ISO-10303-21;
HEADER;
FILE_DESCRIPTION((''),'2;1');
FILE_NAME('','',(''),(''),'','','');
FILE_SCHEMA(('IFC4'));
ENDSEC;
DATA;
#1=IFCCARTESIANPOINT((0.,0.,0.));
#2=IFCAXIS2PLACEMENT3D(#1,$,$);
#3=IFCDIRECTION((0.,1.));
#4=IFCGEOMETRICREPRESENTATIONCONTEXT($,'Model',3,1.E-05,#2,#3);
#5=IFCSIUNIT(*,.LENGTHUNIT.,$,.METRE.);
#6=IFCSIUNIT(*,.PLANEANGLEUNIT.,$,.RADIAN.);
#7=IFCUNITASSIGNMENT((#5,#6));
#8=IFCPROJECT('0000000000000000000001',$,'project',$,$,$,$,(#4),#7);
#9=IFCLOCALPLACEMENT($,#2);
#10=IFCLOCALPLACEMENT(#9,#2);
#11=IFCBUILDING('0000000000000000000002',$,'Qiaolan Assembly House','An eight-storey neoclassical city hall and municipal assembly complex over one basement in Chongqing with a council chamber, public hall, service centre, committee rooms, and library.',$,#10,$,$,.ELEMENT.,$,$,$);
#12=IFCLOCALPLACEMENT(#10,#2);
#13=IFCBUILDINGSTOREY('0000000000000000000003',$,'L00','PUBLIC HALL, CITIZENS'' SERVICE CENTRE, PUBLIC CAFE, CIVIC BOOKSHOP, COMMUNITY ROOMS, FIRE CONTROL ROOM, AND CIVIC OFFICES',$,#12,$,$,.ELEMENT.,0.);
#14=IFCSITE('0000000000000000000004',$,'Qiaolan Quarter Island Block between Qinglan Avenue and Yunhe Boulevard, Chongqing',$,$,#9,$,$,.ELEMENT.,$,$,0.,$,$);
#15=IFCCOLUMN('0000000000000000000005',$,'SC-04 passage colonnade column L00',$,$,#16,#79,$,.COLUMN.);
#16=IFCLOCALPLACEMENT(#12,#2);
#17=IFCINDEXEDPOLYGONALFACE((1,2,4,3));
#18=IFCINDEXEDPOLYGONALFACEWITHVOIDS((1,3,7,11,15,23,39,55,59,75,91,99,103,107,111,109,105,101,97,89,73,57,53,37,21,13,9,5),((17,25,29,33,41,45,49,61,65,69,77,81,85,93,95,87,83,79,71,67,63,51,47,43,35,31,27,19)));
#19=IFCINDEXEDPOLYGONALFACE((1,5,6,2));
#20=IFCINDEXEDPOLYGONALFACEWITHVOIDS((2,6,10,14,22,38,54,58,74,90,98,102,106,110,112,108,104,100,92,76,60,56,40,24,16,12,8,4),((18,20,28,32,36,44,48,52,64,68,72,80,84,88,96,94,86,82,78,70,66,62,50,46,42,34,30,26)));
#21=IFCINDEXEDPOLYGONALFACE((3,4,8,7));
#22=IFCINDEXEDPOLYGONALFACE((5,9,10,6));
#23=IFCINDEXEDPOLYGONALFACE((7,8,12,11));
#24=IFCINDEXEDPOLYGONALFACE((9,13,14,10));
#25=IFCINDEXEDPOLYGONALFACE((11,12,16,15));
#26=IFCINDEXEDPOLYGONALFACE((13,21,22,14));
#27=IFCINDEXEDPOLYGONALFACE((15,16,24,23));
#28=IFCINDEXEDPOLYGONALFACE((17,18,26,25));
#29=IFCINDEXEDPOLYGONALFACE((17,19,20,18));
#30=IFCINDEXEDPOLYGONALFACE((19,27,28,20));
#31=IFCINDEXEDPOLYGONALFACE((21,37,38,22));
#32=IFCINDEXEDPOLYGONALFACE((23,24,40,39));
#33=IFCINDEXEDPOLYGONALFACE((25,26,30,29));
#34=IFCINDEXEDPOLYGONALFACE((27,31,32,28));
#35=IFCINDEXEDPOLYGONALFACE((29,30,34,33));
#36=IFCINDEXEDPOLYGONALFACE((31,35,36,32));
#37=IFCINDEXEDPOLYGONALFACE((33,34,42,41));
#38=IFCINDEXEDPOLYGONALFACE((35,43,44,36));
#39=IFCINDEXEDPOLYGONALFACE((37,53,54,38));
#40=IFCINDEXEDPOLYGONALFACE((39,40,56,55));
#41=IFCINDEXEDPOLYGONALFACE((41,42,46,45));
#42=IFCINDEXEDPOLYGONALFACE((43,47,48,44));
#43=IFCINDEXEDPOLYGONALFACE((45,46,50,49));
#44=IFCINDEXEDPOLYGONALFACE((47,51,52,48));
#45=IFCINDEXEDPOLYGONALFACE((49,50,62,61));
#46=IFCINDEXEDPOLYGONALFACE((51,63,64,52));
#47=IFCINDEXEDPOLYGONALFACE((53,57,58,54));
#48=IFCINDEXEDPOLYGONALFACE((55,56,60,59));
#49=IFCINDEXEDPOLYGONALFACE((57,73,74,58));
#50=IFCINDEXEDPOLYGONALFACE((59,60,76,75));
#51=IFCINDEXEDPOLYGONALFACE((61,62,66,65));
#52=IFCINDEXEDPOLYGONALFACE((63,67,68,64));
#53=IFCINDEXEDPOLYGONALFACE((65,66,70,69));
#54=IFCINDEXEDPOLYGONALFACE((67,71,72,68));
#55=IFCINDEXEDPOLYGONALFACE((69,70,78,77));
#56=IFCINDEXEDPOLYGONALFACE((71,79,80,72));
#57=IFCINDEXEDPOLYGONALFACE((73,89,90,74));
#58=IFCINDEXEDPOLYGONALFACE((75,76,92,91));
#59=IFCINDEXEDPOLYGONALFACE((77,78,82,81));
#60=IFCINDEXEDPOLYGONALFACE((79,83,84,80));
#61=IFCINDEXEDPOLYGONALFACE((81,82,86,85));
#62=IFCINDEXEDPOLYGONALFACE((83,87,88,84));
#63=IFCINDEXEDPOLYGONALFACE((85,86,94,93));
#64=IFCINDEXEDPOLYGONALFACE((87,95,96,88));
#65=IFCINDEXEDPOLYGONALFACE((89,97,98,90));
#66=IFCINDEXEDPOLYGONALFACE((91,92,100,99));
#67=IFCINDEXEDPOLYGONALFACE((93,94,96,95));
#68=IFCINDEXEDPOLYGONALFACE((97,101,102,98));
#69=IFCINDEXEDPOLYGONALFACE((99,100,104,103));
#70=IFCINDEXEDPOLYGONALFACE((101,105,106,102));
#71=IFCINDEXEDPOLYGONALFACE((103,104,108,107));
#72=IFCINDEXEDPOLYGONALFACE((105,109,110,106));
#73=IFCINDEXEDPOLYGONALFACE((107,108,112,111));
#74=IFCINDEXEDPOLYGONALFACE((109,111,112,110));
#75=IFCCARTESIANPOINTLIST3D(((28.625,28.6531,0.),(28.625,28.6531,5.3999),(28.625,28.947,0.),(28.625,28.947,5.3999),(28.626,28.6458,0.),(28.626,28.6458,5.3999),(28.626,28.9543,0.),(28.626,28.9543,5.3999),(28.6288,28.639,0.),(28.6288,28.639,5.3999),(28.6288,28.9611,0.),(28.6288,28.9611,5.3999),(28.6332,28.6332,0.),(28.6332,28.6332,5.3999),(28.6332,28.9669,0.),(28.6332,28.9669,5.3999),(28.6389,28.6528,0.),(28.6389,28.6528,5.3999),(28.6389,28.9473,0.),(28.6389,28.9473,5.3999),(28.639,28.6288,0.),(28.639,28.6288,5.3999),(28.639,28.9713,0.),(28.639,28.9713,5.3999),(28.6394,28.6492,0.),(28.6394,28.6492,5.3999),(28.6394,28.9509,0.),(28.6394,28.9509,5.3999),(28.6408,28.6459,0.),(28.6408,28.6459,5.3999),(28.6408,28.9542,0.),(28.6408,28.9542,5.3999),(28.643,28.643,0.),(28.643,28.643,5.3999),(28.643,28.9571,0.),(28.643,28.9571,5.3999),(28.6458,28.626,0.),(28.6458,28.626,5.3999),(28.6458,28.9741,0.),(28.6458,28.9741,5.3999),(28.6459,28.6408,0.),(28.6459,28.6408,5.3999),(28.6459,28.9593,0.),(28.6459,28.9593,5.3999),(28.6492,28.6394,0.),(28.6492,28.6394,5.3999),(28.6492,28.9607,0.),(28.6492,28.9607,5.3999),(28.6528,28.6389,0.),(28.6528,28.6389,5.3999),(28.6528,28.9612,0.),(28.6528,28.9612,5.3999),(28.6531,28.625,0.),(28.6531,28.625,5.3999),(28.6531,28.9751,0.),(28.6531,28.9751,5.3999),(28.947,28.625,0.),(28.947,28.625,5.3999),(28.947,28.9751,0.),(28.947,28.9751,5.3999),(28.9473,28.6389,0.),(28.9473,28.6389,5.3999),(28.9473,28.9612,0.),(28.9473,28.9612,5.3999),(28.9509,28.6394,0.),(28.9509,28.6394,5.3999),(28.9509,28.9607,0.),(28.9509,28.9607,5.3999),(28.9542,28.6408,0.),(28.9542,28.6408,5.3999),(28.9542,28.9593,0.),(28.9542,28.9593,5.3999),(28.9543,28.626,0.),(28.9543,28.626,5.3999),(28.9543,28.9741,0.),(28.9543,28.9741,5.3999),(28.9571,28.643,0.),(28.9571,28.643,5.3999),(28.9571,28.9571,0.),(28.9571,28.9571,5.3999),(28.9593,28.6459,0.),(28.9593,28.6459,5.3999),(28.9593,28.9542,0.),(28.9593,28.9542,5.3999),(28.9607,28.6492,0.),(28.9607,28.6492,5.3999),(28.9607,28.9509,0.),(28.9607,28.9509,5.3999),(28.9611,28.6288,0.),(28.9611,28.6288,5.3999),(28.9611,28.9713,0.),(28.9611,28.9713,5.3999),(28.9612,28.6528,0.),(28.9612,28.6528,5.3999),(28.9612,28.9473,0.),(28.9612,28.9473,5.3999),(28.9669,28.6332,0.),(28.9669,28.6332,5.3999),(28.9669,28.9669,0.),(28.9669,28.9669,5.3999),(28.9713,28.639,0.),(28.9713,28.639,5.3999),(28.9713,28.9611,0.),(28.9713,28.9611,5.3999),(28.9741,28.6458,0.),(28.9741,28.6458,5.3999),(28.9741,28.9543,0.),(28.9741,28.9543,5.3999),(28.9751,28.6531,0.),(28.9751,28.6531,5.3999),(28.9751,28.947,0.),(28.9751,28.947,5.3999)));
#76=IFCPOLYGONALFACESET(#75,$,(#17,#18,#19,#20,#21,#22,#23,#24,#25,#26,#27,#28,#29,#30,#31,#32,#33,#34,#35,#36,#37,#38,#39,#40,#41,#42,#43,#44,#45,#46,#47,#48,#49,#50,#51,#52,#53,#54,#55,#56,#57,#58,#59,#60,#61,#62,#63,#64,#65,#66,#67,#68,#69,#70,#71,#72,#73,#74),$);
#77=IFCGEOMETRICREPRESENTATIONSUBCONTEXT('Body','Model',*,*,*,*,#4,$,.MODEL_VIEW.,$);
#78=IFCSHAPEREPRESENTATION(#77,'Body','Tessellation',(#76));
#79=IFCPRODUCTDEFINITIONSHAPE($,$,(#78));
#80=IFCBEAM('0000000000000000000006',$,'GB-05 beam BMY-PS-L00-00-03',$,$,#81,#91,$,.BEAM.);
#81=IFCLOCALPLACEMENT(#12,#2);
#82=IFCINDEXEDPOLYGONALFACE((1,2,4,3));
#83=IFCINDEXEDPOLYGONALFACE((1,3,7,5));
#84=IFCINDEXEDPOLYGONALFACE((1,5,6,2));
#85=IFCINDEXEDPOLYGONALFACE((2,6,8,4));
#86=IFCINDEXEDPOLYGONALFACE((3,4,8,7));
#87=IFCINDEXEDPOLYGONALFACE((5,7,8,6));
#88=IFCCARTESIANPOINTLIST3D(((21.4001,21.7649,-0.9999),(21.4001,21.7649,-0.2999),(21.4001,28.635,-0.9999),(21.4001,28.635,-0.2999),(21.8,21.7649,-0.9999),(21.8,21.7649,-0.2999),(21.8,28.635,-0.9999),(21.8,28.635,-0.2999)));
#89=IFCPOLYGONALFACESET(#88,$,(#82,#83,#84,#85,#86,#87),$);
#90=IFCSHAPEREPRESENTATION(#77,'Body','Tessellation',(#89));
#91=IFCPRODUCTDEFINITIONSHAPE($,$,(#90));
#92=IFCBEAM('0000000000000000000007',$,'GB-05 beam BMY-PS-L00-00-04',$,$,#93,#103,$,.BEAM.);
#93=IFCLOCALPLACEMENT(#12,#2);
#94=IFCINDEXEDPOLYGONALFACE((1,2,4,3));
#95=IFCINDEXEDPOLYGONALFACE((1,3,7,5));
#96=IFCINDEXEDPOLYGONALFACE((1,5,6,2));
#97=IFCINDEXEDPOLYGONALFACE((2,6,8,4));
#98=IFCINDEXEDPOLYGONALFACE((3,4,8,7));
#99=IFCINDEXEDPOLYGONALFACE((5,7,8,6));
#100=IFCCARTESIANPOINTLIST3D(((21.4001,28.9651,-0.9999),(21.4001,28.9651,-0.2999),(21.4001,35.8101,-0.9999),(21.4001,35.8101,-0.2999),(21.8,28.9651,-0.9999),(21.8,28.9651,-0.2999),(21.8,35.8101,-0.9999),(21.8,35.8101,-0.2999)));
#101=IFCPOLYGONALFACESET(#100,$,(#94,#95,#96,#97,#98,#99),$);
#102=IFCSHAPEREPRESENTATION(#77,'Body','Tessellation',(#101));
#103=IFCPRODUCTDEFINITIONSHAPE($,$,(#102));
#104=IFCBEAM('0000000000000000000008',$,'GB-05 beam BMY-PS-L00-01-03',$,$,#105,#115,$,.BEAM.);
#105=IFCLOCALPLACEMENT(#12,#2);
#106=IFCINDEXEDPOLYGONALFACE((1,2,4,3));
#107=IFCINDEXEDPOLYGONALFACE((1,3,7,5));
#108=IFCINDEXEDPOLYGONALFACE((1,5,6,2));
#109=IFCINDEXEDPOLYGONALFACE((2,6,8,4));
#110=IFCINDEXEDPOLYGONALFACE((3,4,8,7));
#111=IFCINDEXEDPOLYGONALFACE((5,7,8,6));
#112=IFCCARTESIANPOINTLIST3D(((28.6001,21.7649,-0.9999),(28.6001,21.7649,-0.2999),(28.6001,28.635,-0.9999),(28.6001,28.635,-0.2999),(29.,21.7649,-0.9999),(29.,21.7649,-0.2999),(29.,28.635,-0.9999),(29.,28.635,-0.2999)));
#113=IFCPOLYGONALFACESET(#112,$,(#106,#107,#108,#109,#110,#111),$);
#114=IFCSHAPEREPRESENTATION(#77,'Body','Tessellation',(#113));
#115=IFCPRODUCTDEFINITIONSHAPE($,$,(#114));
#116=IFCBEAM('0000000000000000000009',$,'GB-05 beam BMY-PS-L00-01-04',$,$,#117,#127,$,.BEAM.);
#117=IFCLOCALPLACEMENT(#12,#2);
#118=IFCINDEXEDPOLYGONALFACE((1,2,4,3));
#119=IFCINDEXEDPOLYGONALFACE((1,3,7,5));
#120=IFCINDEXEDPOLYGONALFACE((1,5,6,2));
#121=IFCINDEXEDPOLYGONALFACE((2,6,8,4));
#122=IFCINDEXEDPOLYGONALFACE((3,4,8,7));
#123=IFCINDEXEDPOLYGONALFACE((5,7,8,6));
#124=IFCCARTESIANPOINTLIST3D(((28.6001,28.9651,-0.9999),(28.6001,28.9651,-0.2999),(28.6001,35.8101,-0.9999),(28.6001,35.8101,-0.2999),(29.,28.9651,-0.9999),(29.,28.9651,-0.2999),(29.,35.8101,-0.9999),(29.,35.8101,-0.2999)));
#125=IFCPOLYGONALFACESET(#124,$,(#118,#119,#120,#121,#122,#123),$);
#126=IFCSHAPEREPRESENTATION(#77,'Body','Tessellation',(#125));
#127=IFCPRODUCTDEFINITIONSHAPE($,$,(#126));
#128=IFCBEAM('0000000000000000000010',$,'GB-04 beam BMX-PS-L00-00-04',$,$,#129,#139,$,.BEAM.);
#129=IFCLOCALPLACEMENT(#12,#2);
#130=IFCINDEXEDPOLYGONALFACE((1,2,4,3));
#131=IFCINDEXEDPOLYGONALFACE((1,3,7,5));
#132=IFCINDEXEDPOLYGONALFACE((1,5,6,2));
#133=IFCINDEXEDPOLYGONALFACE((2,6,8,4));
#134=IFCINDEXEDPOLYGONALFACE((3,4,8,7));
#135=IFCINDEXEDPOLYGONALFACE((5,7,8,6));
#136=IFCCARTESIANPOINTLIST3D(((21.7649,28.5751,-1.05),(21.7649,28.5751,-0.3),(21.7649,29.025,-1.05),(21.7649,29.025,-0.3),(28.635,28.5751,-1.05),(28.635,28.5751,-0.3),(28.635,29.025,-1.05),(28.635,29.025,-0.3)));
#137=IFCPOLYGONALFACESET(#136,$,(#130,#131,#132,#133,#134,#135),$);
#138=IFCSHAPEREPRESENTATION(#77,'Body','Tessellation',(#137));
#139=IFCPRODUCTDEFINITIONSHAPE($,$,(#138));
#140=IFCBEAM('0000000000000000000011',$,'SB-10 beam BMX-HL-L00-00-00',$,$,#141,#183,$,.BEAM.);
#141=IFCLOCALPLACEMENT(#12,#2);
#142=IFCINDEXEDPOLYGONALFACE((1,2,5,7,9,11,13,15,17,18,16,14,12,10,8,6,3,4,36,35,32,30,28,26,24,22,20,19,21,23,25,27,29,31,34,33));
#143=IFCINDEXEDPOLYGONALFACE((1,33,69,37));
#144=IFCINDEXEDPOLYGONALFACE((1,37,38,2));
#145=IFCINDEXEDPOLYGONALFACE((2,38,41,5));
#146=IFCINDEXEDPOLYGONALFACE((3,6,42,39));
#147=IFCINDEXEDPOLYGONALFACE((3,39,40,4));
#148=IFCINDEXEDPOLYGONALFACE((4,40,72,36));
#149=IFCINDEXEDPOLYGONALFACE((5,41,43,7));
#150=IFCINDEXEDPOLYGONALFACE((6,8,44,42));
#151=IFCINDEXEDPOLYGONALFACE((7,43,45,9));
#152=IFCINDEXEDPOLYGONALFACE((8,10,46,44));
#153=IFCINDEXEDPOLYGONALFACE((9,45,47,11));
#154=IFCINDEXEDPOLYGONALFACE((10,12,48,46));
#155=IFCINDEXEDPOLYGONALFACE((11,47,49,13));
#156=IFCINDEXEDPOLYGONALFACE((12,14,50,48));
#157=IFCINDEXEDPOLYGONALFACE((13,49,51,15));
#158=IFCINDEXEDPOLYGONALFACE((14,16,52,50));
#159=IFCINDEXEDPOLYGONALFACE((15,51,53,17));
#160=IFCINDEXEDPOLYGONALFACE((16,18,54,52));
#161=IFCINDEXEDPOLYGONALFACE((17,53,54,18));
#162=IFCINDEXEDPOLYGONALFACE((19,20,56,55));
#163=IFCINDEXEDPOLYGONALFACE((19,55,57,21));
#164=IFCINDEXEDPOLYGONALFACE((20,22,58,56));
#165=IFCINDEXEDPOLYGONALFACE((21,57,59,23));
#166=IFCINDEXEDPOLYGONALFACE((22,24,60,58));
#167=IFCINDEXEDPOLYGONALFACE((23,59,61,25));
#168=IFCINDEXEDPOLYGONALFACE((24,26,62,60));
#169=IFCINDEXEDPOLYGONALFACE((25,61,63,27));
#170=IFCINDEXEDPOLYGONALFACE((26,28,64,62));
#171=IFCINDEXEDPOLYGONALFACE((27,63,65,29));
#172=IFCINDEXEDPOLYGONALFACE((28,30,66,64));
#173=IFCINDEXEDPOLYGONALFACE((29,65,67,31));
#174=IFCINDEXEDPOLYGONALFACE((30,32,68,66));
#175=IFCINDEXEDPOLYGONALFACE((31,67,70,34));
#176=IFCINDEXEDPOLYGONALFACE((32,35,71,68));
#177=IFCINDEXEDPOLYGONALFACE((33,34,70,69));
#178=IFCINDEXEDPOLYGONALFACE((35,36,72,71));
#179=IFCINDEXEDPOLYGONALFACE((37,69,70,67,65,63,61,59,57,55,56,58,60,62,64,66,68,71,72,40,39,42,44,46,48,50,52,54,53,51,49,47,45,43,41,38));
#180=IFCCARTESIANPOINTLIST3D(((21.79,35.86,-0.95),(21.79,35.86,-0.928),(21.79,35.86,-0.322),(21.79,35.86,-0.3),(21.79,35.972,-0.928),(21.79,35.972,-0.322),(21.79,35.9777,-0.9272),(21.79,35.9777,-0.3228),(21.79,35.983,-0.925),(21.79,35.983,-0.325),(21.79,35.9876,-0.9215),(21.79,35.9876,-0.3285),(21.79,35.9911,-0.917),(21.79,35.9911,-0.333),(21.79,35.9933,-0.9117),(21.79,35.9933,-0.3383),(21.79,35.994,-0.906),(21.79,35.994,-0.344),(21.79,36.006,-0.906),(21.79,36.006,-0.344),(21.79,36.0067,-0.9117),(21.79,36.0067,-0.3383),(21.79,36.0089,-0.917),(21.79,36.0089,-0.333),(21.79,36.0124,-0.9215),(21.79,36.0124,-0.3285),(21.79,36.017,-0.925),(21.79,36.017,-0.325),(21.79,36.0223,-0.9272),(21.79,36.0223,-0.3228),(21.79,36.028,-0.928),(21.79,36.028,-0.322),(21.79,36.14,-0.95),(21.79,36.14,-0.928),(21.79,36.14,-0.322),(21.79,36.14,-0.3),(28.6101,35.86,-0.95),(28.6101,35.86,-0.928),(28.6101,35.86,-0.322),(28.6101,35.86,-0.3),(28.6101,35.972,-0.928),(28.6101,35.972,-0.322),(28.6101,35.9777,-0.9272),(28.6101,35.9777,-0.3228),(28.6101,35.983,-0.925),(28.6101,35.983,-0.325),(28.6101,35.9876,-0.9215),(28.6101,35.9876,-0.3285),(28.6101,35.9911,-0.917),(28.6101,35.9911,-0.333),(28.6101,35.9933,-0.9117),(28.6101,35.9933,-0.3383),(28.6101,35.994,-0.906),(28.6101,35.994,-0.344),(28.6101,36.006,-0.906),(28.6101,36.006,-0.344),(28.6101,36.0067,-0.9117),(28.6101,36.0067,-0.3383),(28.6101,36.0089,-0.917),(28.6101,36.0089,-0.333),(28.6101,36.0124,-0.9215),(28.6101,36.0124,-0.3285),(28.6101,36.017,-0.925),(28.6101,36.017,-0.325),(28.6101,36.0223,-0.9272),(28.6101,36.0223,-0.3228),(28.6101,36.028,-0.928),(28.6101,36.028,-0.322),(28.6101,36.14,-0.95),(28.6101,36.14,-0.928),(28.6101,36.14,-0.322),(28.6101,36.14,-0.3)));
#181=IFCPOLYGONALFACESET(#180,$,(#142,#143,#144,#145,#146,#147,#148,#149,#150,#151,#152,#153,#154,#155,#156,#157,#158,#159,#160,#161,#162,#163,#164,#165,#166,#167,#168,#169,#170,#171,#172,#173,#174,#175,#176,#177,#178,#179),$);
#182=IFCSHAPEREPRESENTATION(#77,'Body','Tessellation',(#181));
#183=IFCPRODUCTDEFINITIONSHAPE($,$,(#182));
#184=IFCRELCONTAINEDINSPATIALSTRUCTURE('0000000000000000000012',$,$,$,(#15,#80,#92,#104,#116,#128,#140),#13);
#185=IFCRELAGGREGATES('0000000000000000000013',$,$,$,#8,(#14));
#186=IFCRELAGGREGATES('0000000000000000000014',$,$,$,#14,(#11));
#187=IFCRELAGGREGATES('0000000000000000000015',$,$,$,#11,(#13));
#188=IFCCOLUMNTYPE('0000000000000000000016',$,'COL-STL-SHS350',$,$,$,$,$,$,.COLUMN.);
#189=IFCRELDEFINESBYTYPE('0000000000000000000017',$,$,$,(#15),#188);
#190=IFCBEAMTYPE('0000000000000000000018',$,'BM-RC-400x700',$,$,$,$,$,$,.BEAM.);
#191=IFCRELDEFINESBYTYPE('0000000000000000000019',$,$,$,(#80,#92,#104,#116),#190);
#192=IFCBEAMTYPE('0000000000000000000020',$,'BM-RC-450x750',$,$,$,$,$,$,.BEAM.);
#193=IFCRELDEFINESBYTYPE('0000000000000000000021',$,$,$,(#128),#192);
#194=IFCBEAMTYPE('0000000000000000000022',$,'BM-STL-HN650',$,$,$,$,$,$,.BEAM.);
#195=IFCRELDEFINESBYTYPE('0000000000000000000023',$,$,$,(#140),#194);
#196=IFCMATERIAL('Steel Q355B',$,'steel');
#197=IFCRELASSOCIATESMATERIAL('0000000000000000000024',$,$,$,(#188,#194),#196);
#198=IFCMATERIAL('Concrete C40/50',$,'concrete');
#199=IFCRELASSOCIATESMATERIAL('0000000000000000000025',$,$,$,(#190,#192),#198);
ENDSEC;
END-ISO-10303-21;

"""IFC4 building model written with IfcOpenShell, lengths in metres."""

from ifc_helpers import new_model, si_unit, direction, frame, origin, origin_2d, place, context, subcontext, project, spatial, rectangle, hollow_rectangle, i_section, extrude, material, material_profile, profile_set, type_object, element, save


model = new_model("IFC4")

# Units and contexts
model_context = context("Model", 3, precision=1e-05, world=origin(), true_north=direction((0.0, 1.0)))
body_context = subcontext(model_context, "Body", "Model", "MODEL_VIEW")
ifc_project = project(units=[si_unit("LENGTHUNIT", "METRE"), si_unit("PLANEANGLEUNIT", "RADIAN")], contexts=[model_context])

# Site, building, storey
site_placement = place(None, origin())
site = spatial("IfcSite", under=ifc_project, at=site_placement, Name="Qiaolan Quarter Island Block between Qinglan Avenue and Yunhe Boulevard, Chongqing", CompositionType="ELEMENT", RefElevation=0.0)
building_placement = place(site_placement, origin())
building = spatial("IfcBuilding", under=site, at=building_placement, Name="Qiaolan Assembly House", Description="An eight-storey neoclassical city hall and municipal assembly complex over one basement in Chongqing with a council chamber, public hall, service centre, committee rooms, and library.", CompositionType="ELEMENT")
storey_placement = place(building_placement, origin())
storey = spatial("IfcBuildingStorey", under=building, at=storey_placement, Name="L00", Description="PUBLIC HALL, CITIZENS' SERVICE CENTRE, PUBLIC CAFE, CIVIC BOOKSHOP, COMMUNITY ROOMS, FIRE CONTROL ROOM, AND CIVIC OFFICES", CompositionType="ELEMENT", Elevation=0.0)

# Column
ifc_material_1 = material(Name="Steel Q355B", Category="steel")
ifc_material_profile_1 = material_profile(ifc_material_1, hollow_rectangle(XDim=0.3501, YDim=0.3501, WallThickness=0.0139, InnerFilletRadius=0.0139, OuterFilletRadius=0.0281, at=origin_2d()), Name="SHS 350x350x14")
ifc_profile_set_1 = profile_set([ifc_material_profile_1], Name="Steel Q355B")
column_type_1 = type_object("IfcColumnType", Name="COL-STL-SHS350", PredefinedType="COLUMN", material=ifc_profile_set_1)
for number, where, z_axis, x_axis, name in (
    (1, (28.8, 28.8, 0.0), (0.0, 0.0, 1.0), (1.0, 0.0, 0.0), "SC-04 passage colonnade column L00"),
):
    element("IfcColumn", number, at=place(storey_placement, frame(where, z_axis=z_axis, x_axis=x_axis)), inside=storey, type_object=column_type_1, Name=name, PredefinedType="COLUMN", context=body_context, shape_type="SweptSolid", body=[
        extrude(hollow_rectangle(XDim=0.3501, YDim=0.3501, WallThickness=0.0139, InnerFilletRadius=0.0139, OuterFilletRadius=0.0281, at=origin_2d()), origin(), (0.0, 0.0, 1.0), 5.3999),
    ])

# Beams
ifc_material_2 = material(Name="Concrete C40/50", Category="concrete")
ifc_material_profile_2 = material_profile(ifc_material_2, rectangle(XDim=0.3999, YDim=0.7, at=origin_2d()), Name="RCB 400x700")
ifc_profile_set_2 = profile_set([ifc_material_profile_2], Name="Concrete C40/50")
beam_type_1 = type_object("IfcBeamType", Name="BM-RC-400x700", PredefinedType="BEAM", material=ifc_profile_set_2)
beam_1_placement = place(storey_placement, frame((21.6001, 21.7649, -0.6499), z_axis=(0.0, 1.0, 0.0), x_axis=(-1.0, 0.0, 0.0)))
element("IfcBeam", 2, at=beam_1_placement, inside=storey, type_object=beam_type_1, Name="GB-05 beam BMY-PS-L00-00-03", PredefinedType="BEAM", context=body_context, shape_type="SweptSolid", body=[
    extrude(rectangle(XDim=0.3999, YDim=0.7, at=origin_2d()), origin(), (0.0, 0.0, 1.0), 6.8701),
])
beam_2_placement = place(storey_placement, frame((21.6001, 28.9651, -0.6499), z_axis=(0.0, 1.0, 0.0), x_axis=(-1.0, 0.0, 0.0)))
element("IfcBeam", 3, at=beam_2_placement, inside=storey, type_object=beam_type_1, Name="GB-05 beam BMY-PS-L00-00-04", PredefinedType="BEAM", context=body_context, shape_type="SweptSolid", body=[
    extrude(rectangle(XDim=0.3999, YDim=0.7, at=origin_2d()), origin(), (0.0, 0.0, 1.0), 6.845),
])
beam_3_placement = place(storey_placement, frame((28.8, 21.7649, -0.6499), z_axis=(0.0, 1.0, 0.0), x_axis=(-1.0, 0.0, 0.0)))
element("IfcBeam", 4, at=beam_3_placement, inside=storey, type_object=beam_type_1, Name="GB-05 beam BMY-PS-L00-01-03", PredefinedType="BEAM", context=body_context, shape_type="SweptSolid", body=[
    extrude(rectangle(XDim=0.3999, YDim=0.7, at=origin_2d()), origin(), (0.0, 0.0, 1.0), 6.8701),
])
beam_4_placement = place(storey_placement, frame((28.8, 28.9651, -0.6499), z_axis=(0.0, 1.0, 0.0), x_axis=(-1.0, 0.0, 0.0)))
element("IfcBeam", 5, at=beam_4_placement, inside=storey, type_object=beam_type_1, Name="GB-05 beam BMY-PS-L00-01-04", PredefinedType="BEAM", context=body_context, shape_type="SweptSolid", body=[
    extrude(rectangle(XDim=0.3999, YDim=0.7, at=origin_2d()), origin(), (0.0, 0.0, 1.0), 6.845),
])
ifc_material_profile_3 = material_profile(ifc_material_2, rectangle(XDim=0.45, YDim=0.75, at=origin_2d()), Name="RCB 450x750")
ifc_profile_set_3 = profile_set([ifc_material_profile_3], Name="Concrete C40/50")
beam_type_2 = type_object("IfcBeamType", Name="BM-RC-450x750", PredefinedType="BEAM", material=ifc_profile_set_3)
beam_5_placement = place(storey_placement, frame((21.7649, 28.8, -0.675), z_axis=(1.0, 0.0, 0.0), x_axis=(0.0, 1.0, 0.0)))
element("IfcBeam", 6, at=beam_5_placement, inside=storey, type_object=beam_type_2, Name="GB-04 beam BMX-PS-L00-00-04", PredefinedType="BEAM", context=body_context, shape_type="SweptSolid", body=[
    extrude(rectangle(XDim=0.45, YDim=0.75, at=origin_2d()), origin(), (0.0, 0.0, 1.0), 6.8701),
])
ifc_material_profile_4 = material_profile(ifc_material_1, i_section(OverallWidth=0.28, OverallDepth=0.6499, WebThickness=0.012, FlangeThickness=0.022, FilletRadius=0.022, at=origin_2d()), Name="HN 650x280x12x22")
ifc_profile_set_4 = profile_set([ifc_material_profile_4], Name="Steel Q355B")
beam_type_3 = type_object("IfcBeamType", Name="BM-STL-HN650", PredefinedType="BEAM", material=ifc_profile_set_4)
for number, where, z_axis, x_axis, name in (
    (7, (21.79, 36.0, -0.625), (1.0, 0.0, 0.0), (0.0, 1.0, 0.0), "SB-10 beam BMX-HL-L00-00-00"),
):
    element("IfcBeam", number, at=place(storey_placement, frame(where, z_axis=z_axis, x_axis=x_axis)), inside=storey, type_object=beam_type_3, Name=name, PredefinedType="BEAM", context=body_context, shape_type="SweptSolid", body=[
        extrude(i_section(OverallWidth=0.28, OverallDepth=0.6499, WebThickness=0.012, FlangeThickness=0.022, FilletRadius=0.022, at=origin_2d()), origin(), (0.0, 0.0, 1.0), 6.8201),
    ])

save(model, "model.ifc")
